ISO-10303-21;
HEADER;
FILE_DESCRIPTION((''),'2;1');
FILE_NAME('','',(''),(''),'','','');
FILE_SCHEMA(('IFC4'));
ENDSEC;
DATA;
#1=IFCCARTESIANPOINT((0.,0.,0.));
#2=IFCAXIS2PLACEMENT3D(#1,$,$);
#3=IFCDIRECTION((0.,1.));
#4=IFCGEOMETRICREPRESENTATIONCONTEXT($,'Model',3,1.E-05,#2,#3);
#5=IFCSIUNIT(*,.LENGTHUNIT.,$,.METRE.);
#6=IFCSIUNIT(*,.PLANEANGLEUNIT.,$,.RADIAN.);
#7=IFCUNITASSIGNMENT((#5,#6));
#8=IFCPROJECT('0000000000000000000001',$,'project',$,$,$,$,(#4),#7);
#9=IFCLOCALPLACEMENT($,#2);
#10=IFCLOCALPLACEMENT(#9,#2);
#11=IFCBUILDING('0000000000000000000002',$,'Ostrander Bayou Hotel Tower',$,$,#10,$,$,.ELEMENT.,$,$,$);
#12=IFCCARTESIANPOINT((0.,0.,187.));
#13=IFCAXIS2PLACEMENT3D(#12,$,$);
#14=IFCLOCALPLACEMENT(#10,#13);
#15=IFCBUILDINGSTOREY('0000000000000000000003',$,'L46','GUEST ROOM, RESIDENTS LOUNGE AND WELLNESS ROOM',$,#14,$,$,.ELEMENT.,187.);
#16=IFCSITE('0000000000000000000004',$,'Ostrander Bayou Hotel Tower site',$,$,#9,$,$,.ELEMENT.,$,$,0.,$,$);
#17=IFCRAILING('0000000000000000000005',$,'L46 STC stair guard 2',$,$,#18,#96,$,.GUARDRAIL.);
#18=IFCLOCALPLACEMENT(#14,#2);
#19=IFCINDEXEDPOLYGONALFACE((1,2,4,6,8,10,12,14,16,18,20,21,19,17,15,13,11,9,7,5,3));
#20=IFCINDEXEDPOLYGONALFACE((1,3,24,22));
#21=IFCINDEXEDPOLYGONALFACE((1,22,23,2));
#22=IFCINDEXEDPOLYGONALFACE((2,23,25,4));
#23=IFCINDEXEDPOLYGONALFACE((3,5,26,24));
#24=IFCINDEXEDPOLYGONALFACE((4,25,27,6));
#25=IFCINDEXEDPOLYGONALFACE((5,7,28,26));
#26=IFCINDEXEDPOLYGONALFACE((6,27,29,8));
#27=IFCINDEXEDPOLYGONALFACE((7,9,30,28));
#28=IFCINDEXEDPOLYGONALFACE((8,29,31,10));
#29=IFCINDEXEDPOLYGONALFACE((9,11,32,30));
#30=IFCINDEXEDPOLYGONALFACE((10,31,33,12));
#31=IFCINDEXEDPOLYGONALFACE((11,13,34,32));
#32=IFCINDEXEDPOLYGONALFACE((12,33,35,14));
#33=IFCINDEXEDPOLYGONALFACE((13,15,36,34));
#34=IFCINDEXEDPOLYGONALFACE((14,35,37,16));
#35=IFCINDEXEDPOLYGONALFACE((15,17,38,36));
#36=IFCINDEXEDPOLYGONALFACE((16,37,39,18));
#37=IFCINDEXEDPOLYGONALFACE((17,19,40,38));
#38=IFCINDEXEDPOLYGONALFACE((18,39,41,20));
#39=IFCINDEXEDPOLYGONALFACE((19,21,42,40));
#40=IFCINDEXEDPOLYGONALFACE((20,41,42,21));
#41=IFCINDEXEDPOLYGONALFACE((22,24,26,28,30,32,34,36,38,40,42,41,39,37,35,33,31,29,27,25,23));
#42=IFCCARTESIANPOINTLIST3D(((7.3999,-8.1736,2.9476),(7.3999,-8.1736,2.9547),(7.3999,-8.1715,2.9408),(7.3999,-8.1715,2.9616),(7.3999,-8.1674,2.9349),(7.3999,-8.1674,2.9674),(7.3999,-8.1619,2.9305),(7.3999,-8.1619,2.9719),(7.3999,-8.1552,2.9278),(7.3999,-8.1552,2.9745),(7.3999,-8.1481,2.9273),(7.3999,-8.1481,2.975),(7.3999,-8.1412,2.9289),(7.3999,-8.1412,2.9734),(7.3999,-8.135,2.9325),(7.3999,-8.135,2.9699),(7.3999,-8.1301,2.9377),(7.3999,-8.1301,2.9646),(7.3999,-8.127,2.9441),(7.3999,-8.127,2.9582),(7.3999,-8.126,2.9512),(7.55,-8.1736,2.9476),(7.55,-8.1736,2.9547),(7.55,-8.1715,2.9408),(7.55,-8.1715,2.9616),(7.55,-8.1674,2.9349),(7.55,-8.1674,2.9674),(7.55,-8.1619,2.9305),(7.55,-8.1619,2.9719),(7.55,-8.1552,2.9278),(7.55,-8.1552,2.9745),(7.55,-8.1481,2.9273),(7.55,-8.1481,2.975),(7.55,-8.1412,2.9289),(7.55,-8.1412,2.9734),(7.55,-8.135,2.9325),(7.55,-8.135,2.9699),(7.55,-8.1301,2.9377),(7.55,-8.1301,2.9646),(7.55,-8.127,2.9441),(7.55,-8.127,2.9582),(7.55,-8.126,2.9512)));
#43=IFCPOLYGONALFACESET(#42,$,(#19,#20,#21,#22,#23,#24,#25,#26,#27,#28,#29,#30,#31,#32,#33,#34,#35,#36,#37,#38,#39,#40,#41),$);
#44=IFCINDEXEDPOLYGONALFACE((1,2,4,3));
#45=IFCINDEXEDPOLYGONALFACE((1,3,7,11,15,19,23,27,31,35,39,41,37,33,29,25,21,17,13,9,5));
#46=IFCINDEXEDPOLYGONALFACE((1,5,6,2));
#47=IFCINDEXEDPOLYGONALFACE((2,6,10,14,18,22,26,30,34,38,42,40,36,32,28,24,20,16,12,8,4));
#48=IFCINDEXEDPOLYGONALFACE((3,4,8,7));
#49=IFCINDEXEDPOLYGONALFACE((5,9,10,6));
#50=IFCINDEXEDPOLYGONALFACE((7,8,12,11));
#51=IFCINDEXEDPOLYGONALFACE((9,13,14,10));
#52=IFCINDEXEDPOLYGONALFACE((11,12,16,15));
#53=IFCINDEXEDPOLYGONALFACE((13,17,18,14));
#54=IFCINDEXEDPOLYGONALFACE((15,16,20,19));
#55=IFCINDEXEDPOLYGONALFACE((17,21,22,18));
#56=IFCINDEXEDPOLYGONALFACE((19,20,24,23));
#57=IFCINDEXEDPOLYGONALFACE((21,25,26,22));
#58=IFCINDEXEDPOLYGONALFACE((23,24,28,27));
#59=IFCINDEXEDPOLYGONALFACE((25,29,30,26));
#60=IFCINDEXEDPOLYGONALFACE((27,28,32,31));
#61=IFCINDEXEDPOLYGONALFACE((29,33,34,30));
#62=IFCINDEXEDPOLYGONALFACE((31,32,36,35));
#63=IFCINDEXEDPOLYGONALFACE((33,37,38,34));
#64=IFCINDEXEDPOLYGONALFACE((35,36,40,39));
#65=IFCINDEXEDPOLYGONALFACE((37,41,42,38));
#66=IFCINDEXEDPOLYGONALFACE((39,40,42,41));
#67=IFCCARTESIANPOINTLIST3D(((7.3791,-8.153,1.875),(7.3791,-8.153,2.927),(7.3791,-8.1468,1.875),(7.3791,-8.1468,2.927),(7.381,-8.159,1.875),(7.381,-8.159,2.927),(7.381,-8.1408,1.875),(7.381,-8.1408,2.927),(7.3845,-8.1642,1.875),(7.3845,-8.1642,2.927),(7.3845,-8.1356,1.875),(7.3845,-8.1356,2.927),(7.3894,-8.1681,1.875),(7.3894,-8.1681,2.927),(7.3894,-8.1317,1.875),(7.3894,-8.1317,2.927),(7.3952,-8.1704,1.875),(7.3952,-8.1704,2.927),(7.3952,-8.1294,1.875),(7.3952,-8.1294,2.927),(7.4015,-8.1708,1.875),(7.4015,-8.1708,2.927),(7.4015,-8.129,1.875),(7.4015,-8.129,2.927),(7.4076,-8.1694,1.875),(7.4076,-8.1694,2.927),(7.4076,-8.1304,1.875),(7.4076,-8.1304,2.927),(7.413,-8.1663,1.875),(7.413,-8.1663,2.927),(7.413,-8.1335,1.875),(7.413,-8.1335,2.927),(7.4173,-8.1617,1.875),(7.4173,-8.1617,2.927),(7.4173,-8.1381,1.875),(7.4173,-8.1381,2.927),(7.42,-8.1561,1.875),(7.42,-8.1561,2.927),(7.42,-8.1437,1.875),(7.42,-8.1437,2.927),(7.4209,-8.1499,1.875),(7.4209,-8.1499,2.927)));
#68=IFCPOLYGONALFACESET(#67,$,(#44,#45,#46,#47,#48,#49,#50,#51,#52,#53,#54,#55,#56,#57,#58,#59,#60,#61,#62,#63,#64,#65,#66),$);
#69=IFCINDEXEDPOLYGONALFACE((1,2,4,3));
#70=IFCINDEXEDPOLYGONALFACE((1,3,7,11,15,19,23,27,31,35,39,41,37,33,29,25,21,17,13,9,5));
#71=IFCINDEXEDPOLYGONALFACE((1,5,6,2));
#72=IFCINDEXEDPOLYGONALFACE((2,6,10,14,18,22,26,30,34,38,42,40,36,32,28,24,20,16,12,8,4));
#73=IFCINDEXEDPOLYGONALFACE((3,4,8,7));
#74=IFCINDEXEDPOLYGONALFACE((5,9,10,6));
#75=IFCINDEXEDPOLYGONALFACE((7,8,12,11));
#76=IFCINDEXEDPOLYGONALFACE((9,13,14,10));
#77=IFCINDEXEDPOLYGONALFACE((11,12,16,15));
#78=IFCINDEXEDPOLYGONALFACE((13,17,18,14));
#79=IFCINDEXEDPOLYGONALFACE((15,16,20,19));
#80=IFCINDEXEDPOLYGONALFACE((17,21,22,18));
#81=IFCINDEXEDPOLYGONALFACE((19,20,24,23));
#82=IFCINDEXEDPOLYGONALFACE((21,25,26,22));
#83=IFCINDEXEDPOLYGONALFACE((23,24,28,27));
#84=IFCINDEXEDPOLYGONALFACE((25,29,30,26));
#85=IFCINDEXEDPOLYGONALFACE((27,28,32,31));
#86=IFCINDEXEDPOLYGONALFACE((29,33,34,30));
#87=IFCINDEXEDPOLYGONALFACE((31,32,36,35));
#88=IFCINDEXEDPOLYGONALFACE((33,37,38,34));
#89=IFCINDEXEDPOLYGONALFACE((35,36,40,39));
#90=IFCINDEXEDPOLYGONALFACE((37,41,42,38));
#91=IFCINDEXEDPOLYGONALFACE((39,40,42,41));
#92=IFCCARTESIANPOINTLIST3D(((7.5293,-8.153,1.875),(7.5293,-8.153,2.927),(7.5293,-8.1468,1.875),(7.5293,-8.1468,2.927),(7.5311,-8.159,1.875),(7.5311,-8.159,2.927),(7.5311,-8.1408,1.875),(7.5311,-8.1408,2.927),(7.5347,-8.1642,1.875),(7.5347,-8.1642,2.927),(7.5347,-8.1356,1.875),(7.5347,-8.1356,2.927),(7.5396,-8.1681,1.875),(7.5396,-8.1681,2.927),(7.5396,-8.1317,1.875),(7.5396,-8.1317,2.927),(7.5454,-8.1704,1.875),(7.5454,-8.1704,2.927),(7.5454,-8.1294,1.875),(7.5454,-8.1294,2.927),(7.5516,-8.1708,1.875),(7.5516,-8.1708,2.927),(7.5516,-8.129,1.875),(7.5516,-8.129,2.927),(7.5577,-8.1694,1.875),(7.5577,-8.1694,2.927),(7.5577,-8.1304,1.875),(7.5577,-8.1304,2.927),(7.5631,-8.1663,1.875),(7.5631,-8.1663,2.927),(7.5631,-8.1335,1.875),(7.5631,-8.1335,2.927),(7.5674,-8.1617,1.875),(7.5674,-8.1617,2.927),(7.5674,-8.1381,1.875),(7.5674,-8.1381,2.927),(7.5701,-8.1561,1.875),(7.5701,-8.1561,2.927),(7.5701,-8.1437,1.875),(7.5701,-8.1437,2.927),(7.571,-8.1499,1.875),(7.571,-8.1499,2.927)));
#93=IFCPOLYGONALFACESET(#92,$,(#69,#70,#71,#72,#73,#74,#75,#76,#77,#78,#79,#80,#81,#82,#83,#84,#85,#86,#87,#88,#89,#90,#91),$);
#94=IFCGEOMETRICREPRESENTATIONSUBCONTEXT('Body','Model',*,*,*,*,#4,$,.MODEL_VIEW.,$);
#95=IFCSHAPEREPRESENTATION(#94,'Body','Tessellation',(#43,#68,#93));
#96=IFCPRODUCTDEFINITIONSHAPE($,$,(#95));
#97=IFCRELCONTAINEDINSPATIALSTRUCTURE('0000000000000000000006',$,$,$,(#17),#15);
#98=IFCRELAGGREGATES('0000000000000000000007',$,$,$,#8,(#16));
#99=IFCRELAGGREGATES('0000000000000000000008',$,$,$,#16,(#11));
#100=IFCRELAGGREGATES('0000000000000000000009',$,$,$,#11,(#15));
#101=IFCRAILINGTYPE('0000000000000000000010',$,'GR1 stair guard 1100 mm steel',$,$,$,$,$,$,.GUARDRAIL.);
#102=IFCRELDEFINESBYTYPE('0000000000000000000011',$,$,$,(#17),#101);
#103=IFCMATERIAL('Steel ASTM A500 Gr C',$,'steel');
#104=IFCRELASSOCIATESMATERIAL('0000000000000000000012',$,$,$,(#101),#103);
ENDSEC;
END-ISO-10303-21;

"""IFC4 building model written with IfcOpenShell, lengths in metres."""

from ifc_helpers import new_model, si_unit, direction, frame, origin, origin_2d, place, context, subcontext, project, spatial, circle, extrude, material, type_object, element, save


model = new_model("IFC4")

# Units and contexts
model_context = context("Model", 3, precision=1e-05, world=origin(), true_north=direction((0.0, 1.0)))
body_context = subcontext(model_context, "Body", "Model", "MODEL_VIEW")
ifc_project = project(units=[si_unit("LENGTHUNIT", "METRE"), si_unit("PLANEANGLEUNIT", "RADIAN")], contexts=[model_context])

# Site, building, storey
site_placement = place(None, origin())
site = spatial("IfcSite", under=ifc_project, at=site_placement, Name="Ostrander Bayou Hotel Tower site", CompositionType="ELEMENT", RefElevation=0.0)
building_placement = place(site_placement, origin())
building = spatial("IfcBuilding", under=site, at=building_placement, Name="Ostrander Bayou Hotel Tower", CompositionType="ELEMENT")
storey_placement = place(building_placement, frame((0.0, 0.0, 187.0)))
storey = spatial("IfcBuildingStorey", under=building, at=storey_placement, Name="L46", Description="GUEST ROOM, RESIDENTS LOUNGE AND WELLNESS ROOM", CompositionType="ELEMENT", Elevation=187.0)

# Railing
ifc_material_1 = material(Name="Steel ASTM A500 Gr C", Category="steel")
railing_type = type_object("IfcRailingType", Name="GR1 stair guard 1100 mm steel", PredefinedType="GUARDRAIL", material=ifc_material_1)
railing_1_placement = place(storey_placement, frame((7.3999, -8.1499, 1.875)))
element("IfcRailing", 1, at=railing_1_placement, inside=storey, type_object=railing_type, Name="L46 STC stair guard 2", PredefinedType="GUARDRAIL", context=body_context, shape_type="SweptSolid", body=[
    extrude(circle(Radius=0.0239, at=origin_2d()), frame((0.0, 0.0, 1.0762), z_axis=(1.0, 0.0, 0.0), x_axis=(0.0, 1.0, 0.0)), (0.0, 0.0, 1.0), 0.1501),
    extrude(circle(Radius=0.021, at=origin_2d()), origin(), (0.0, 0.0, 1.0), 1.052),
    extrude(circle(Radius=0.021, at=origin_2d()), frame((0.1501, 0.0, 0.0)), (0.0, 0.0, 1.0), 1.052),
])

save(model, "model.ifc")
